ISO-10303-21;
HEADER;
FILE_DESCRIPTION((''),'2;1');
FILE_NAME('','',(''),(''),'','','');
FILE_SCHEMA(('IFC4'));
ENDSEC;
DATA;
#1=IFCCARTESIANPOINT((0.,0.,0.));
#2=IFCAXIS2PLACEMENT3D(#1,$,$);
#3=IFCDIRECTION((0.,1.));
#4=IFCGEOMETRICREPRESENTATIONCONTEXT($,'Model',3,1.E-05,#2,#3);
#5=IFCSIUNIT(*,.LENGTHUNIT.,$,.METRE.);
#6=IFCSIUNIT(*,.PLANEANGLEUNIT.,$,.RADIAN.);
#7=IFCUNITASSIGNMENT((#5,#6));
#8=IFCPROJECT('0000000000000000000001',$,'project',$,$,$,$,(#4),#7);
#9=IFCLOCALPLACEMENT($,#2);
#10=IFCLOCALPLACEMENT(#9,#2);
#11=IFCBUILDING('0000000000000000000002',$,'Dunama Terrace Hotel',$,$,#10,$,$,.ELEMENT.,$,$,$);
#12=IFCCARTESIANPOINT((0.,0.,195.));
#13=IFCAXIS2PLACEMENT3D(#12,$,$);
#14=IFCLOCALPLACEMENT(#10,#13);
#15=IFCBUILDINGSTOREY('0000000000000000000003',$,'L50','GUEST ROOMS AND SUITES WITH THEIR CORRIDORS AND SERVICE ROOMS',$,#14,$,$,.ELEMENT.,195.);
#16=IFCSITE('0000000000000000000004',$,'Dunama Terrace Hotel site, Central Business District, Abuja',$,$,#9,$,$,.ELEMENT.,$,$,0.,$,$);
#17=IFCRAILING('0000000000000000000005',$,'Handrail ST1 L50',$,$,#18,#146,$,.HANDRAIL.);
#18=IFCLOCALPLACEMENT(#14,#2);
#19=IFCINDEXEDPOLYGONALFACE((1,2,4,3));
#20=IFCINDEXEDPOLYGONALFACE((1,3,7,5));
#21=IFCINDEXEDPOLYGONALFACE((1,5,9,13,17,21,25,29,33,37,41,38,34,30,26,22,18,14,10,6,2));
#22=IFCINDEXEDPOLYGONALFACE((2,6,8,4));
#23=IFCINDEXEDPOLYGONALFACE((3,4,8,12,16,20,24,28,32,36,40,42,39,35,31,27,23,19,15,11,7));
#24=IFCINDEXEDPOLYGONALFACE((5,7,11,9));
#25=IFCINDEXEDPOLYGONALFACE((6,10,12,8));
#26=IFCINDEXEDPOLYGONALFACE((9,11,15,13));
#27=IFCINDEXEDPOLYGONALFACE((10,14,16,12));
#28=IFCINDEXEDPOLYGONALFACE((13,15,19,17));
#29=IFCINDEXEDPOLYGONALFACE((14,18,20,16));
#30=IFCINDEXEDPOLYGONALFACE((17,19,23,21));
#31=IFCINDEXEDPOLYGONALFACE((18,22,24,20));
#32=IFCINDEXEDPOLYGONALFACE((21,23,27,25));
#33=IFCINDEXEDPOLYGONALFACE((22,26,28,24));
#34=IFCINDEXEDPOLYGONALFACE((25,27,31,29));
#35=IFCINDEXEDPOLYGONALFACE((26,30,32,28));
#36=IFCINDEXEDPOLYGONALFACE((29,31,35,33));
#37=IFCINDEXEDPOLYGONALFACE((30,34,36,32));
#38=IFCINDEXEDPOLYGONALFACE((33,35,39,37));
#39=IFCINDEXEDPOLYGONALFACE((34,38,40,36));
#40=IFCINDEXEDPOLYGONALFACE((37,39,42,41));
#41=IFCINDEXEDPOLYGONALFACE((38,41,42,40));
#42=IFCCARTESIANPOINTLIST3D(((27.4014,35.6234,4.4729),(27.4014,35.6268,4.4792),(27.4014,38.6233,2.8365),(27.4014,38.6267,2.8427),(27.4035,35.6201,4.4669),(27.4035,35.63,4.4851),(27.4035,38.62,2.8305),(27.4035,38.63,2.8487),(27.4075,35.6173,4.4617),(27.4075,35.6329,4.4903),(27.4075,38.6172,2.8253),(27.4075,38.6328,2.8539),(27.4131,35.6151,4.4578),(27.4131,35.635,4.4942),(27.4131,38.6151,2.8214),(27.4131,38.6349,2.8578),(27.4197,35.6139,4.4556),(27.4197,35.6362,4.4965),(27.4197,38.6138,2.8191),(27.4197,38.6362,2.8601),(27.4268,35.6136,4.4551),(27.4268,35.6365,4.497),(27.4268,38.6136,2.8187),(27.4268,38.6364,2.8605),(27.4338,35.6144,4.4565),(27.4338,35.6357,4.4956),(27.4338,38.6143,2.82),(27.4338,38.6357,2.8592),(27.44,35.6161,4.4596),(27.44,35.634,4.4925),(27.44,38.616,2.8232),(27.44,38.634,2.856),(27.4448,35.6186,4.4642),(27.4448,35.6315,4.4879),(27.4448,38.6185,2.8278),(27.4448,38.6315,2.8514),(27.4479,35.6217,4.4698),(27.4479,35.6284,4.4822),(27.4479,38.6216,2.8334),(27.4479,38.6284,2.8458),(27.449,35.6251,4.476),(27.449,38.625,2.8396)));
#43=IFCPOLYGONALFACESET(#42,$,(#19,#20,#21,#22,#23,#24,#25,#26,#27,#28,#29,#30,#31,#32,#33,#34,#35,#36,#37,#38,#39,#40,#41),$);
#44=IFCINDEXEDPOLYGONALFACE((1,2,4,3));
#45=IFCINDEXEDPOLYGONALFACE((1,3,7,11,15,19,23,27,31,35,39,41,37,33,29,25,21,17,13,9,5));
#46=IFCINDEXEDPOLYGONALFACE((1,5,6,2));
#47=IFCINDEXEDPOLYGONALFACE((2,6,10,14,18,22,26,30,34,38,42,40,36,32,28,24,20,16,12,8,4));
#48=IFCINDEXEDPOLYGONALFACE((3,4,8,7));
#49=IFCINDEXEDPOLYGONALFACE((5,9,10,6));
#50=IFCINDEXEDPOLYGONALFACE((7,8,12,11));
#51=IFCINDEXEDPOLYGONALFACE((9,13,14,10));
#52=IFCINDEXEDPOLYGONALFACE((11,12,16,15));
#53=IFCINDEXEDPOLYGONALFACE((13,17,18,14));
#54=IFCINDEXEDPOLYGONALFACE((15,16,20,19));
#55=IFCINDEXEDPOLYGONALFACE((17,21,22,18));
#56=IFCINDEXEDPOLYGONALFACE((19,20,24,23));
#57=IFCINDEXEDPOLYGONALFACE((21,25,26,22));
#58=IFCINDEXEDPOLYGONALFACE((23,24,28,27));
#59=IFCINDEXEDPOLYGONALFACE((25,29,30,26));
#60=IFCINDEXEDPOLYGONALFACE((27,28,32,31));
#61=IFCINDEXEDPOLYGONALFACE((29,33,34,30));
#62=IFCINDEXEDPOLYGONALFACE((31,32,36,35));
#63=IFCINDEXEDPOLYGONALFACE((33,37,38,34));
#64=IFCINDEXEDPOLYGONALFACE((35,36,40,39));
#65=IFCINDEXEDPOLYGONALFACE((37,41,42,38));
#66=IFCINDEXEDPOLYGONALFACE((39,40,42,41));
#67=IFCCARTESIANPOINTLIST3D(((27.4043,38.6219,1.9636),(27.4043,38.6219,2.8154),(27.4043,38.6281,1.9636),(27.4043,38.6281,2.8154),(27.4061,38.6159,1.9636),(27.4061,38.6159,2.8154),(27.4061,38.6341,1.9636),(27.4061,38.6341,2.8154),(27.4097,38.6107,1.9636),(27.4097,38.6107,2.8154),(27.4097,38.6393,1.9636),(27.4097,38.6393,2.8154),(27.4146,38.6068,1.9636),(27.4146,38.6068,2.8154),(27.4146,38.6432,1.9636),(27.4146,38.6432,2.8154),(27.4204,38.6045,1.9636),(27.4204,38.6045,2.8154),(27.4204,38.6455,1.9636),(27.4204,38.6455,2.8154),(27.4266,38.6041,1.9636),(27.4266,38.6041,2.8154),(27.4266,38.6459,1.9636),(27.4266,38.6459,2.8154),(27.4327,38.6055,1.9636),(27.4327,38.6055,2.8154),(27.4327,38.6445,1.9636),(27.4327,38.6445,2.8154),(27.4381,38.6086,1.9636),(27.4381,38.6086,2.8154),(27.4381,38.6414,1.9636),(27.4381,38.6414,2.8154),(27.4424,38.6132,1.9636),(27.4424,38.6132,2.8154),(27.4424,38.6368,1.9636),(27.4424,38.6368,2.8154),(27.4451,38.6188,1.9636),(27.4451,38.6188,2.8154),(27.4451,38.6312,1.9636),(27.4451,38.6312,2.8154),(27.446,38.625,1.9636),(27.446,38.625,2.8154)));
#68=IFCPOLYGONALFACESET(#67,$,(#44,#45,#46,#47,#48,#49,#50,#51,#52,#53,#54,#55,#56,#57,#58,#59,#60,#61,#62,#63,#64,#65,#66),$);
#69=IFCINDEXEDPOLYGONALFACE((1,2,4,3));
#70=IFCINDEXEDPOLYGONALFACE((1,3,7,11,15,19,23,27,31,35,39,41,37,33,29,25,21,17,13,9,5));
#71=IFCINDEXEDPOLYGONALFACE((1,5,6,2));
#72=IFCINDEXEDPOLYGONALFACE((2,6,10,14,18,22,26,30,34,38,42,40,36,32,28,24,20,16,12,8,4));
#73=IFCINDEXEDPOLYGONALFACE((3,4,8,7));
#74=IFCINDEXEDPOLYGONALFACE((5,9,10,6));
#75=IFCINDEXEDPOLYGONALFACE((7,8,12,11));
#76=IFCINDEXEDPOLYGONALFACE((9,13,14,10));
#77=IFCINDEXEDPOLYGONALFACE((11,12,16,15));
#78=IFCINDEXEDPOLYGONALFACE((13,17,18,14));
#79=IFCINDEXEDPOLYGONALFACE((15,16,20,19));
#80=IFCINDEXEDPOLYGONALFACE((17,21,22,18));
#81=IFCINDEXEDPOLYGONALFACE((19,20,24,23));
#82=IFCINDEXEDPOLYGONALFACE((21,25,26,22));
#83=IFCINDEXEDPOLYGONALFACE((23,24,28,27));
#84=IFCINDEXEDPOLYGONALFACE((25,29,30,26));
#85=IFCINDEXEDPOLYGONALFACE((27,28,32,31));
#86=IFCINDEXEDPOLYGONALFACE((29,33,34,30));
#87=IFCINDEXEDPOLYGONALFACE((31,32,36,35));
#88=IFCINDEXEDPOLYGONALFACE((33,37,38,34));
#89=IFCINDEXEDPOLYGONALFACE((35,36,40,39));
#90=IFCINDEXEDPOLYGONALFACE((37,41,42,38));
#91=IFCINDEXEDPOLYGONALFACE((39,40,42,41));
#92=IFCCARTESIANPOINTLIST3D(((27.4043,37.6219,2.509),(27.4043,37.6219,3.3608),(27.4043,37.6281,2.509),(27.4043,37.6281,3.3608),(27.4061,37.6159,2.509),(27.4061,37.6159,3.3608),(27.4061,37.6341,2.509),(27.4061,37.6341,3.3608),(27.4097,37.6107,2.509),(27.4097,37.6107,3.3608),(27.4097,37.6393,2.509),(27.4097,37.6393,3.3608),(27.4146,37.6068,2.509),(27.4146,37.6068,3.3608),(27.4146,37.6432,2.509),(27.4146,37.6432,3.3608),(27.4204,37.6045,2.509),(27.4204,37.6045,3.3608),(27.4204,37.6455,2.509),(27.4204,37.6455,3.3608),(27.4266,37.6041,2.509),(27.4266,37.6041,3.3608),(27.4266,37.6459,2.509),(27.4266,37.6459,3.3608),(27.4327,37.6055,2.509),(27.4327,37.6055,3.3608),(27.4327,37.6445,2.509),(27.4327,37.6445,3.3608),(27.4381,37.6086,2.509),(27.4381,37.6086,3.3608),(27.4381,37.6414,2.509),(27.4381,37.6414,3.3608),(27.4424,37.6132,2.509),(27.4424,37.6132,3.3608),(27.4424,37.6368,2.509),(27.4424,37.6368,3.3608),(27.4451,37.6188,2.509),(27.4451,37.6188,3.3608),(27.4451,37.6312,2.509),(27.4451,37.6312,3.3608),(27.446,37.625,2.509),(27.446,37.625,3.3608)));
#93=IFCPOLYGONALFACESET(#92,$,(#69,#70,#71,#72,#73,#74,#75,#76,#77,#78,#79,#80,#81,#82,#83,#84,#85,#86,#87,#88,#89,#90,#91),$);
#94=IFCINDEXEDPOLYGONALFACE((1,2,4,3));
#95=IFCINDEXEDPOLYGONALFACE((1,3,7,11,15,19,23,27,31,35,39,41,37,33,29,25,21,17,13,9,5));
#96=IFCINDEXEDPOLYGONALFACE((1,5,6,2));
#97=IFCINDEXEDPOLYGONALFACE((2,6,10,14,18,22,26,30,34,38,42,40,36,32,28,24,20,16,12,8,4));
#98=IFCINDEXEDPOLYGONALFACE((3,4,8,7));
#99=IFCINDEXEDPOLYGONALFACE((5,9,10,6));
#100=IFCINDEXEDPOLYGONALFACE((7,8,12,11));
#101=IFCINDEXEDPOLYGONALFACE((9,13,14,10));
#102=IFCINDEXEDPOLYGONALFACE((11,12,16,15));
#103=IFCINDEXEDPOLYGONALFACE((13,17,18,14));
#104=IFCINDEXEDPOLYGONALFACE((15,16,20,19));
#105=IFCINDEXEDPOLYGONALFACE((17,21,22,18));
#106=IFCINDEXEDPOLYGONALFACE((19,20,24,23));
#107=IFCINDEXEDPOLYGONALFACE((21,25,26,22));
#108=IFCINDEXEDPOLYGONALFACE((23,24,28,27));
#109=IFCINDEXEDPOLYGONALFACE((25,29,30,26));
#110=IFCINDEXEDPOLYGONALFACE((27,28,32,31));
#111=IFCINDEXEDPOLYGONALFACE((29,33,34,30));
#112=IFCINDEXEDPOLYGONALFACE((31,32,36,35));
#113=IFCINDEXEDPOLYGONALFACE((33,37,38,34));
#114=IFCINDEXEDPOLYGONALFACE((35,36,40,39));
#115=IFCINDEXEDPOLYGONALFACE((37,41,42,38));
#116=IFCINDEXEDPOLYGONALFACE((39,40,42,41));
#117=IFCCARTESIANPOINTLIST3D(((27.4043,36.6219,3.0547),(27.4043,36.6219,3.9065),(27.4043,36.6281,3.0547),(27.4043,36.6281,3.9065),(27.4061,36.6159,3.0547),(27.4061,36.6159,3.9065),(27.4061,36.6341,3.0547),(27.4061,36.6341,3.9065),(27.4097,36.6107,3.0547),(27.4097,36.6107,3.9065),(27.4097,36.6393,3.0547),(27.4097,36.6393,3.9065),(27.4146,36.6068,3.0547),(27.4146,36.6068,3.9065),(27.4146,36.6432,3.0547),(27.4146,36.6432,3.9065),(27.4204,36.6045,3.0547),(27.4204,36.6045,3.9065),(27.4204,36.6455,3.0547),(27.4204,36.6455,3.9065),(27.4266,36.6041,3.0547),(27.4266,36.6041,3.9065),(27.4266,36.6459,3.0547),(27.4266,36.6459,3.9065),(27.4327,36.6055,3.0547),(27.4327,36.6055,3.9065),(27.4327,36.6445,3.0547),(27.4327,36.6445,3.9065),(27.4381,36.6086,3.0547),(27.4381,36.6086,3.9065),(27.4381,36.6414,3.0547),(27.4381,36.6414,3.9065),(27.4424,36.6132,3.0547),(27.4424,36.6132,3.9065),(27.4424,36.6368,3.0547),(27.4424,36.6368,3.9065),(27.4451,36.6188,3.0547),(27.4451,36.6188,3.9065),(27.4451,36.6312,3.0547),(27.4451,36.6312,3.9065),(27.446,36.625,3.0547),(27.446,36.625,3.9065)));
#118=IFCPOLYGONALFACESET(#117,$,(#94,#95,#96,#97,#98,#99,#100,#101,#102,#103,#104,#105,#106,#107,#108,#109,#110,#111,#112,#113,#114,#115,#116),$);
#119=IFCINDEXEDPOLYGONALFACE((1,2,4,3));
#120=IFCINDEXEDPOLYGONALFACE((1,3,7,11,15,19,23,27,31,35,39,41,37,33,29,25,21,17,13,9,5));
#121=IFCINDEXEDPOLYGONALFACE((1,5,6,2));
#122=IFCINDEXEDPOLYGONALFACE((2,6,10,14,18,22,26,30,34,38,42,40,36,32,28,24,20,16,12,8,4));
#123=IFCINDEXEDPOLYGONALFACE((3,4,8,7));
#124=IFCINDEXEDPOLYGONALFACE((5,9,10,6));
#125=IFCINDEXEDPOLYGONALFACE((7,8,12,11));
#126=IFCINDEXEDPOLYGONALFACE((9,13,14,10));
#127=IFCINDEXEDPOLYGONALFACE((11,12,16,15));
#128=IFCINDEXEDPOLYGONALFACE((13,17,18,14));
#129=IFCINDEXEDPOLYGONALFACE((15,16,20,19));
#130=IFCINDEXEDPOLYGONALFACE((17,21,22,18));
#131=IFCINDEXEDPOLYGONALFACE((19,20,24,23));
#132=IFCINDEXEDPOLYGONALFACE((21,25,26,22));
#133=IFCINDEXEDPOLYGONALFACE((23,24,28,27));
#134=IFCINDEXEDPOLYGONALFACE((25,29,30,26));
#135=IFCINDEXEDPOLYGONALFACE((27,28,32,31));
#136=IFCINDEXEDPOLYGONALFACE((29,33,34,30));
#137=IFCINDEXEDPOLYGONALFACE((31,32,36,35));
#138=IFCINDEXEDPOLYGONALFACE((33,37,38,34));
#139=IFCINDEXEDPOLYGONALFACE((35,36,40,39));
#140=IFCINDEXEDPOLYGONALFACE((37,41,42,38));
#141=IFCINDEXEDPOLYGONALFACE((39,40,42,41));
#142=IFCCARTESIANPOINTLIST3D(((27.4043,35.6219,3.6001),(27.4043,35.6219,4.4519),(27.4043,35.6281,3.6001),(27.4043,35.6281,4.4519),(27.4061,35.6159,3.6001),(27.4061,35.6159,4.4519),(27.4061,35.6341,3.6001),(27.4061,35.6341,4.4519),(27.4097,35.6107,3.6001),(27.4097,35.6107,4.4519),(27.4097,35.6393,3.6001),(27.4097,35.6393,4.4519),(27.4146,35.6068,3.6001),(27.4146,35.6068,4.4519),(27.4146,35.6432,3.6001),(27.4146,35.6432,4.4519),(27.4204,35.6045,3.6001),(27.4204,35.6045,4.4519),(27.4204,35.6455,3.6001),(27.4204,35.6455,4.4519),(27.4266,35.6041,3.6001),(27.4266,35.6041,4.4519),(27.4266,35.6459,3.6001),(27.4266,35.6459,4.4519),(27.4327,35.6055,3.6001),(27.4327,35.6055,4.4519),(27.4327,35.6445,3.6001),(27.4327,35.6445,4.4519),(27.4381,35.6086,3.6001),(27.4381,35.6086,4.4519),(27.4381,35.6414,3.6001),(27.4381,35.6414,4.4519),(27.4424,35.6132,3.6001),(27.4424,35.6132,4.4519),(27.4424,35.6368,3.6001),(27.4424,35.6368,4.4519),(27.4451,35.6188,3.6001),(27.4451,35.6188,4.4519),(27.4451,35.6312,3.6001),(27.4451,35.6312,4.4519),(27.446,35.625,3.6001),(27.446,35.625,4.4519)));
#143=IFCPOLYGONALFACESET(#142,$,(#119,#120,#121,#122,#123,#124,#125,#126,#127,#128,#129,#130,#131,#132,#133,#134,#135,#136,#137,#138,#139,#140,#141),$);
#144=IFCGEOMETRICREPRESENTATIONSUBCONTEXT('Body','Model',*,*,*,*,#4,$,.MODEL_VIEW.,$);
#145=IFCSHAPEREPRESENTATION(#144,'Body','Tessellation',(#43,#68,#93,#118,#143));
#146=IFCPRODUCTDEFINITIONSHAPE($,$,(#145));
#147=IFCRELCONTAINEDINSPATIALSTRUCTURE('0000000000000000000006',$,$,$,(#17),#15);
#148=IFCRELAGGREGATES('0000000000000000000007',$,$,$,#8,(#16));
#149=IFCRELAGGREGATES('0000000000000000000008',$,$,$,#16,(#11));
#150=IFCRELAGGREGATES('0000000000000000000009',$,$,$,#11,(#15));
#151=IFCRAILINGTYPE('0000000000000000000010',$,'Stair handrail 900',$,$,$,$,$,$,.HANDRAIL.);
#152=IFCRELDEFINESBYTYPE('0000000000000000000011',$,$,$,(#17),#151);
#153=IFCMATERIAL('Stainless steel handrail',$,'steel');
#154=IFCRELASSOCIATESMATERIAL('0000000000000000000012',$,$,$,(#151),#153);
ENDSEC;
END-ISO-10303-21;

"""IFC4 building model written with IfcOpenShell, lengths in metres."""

from ifc_helpers import new_model, si_unit, direction, frame, origin, origin_2d, place, context, subcontext, project, spatial, circle, extrude, material, type_object, element, save


model = new_model("IFC4")

# Units and contexts
model_context = context("Model", 3, precision=1e-05, world=origin(), true_north=direction((0.0, 1.0)))
body_context = subcontext(model_context, "Body", "Model", "MODEL_VIEW")
ifc_project = project(units=[si_unit("LENGTHUNIT", "METRE"), si_unit("PLANEANGLEUNIT", "RADIAN")], contexts=[model_context])

# Site, building, storey
site_placement = place(None, origin())
site = spatial("IfcSite", under=ifc_project, at=site_placement, Name="Dunama Terrace Hotel site, Central Business District, Abuja", CompositionType="ELEMENT", RefElevation=0.0)
building_placement = place(site_placement, origin())
building = spatial("IfcBuilding", under=site, at=building_placement, Name="Dunama Terrace Hotel", CompositionType="ELEMENT")
storey_placement = place(building_placement, frame((0.0, 0.0, 195.0)))
storey = spatial("IfcBuildingStorey", under=building, at=storey_placement, Name="L50", Description="GUEST ROOMS AND SUITES WITH THEIR CORRIDORS AND SERVICE ROOMS", CompositionType="ELEMENT", Elevation=195.0)

# Railing
ifc_material_1 = material(Name="Stainless steel handrail", Category="steel")
railing_type = type_object("IfcRailingType", Name="Stair handrail 900", PredefinedType="HANDRAIL", material=ifc_material_1)
railing_1_placement = place(storey_placement, frame((27.425, 38.625, 1.9636)))
element("IfcRailing", 1, at=railing_1_placement, inside=storey, type_object=railing_type, Name="Handrail ST1 L50", PredefinedType="HANDRAIL", context=body_context, shape_type="SweptSolid", body=[
    extrude(circle(Radius=0.0239, at=origin_2d()), frame((0.0, 0.0, 0.876), z_axis=(0.0, -0.877882, 0.478877), x_axis=(1.0, 0.0, 0.0)), (0.0, 0.0, 1.0), 3.4172),
    extrude(circle(Radius=0.021, at=origin_2d()), origin(), (0.0, 0.0, 1.0), 0.8518),
    extrude(circle(Radius=0.021, at=origin_2d()), frame((0.0, -1.0, 0.5454)), (0.0, 0.0, 1.0), 0.8518),
    extrude(circle(Radius=0.021, at=origin_2d()), frame((0.0, -2.0, 1.0911)), (0.0, 0.0, 1.0), 0.8518),
    extrude(circle(Radius=0.021, at=origin_2d()), frame((0.0, -3.0, 1.6365)), (0.0, 0.0, 1.0), 0.8518),
])

save(model, "model.ifc")
